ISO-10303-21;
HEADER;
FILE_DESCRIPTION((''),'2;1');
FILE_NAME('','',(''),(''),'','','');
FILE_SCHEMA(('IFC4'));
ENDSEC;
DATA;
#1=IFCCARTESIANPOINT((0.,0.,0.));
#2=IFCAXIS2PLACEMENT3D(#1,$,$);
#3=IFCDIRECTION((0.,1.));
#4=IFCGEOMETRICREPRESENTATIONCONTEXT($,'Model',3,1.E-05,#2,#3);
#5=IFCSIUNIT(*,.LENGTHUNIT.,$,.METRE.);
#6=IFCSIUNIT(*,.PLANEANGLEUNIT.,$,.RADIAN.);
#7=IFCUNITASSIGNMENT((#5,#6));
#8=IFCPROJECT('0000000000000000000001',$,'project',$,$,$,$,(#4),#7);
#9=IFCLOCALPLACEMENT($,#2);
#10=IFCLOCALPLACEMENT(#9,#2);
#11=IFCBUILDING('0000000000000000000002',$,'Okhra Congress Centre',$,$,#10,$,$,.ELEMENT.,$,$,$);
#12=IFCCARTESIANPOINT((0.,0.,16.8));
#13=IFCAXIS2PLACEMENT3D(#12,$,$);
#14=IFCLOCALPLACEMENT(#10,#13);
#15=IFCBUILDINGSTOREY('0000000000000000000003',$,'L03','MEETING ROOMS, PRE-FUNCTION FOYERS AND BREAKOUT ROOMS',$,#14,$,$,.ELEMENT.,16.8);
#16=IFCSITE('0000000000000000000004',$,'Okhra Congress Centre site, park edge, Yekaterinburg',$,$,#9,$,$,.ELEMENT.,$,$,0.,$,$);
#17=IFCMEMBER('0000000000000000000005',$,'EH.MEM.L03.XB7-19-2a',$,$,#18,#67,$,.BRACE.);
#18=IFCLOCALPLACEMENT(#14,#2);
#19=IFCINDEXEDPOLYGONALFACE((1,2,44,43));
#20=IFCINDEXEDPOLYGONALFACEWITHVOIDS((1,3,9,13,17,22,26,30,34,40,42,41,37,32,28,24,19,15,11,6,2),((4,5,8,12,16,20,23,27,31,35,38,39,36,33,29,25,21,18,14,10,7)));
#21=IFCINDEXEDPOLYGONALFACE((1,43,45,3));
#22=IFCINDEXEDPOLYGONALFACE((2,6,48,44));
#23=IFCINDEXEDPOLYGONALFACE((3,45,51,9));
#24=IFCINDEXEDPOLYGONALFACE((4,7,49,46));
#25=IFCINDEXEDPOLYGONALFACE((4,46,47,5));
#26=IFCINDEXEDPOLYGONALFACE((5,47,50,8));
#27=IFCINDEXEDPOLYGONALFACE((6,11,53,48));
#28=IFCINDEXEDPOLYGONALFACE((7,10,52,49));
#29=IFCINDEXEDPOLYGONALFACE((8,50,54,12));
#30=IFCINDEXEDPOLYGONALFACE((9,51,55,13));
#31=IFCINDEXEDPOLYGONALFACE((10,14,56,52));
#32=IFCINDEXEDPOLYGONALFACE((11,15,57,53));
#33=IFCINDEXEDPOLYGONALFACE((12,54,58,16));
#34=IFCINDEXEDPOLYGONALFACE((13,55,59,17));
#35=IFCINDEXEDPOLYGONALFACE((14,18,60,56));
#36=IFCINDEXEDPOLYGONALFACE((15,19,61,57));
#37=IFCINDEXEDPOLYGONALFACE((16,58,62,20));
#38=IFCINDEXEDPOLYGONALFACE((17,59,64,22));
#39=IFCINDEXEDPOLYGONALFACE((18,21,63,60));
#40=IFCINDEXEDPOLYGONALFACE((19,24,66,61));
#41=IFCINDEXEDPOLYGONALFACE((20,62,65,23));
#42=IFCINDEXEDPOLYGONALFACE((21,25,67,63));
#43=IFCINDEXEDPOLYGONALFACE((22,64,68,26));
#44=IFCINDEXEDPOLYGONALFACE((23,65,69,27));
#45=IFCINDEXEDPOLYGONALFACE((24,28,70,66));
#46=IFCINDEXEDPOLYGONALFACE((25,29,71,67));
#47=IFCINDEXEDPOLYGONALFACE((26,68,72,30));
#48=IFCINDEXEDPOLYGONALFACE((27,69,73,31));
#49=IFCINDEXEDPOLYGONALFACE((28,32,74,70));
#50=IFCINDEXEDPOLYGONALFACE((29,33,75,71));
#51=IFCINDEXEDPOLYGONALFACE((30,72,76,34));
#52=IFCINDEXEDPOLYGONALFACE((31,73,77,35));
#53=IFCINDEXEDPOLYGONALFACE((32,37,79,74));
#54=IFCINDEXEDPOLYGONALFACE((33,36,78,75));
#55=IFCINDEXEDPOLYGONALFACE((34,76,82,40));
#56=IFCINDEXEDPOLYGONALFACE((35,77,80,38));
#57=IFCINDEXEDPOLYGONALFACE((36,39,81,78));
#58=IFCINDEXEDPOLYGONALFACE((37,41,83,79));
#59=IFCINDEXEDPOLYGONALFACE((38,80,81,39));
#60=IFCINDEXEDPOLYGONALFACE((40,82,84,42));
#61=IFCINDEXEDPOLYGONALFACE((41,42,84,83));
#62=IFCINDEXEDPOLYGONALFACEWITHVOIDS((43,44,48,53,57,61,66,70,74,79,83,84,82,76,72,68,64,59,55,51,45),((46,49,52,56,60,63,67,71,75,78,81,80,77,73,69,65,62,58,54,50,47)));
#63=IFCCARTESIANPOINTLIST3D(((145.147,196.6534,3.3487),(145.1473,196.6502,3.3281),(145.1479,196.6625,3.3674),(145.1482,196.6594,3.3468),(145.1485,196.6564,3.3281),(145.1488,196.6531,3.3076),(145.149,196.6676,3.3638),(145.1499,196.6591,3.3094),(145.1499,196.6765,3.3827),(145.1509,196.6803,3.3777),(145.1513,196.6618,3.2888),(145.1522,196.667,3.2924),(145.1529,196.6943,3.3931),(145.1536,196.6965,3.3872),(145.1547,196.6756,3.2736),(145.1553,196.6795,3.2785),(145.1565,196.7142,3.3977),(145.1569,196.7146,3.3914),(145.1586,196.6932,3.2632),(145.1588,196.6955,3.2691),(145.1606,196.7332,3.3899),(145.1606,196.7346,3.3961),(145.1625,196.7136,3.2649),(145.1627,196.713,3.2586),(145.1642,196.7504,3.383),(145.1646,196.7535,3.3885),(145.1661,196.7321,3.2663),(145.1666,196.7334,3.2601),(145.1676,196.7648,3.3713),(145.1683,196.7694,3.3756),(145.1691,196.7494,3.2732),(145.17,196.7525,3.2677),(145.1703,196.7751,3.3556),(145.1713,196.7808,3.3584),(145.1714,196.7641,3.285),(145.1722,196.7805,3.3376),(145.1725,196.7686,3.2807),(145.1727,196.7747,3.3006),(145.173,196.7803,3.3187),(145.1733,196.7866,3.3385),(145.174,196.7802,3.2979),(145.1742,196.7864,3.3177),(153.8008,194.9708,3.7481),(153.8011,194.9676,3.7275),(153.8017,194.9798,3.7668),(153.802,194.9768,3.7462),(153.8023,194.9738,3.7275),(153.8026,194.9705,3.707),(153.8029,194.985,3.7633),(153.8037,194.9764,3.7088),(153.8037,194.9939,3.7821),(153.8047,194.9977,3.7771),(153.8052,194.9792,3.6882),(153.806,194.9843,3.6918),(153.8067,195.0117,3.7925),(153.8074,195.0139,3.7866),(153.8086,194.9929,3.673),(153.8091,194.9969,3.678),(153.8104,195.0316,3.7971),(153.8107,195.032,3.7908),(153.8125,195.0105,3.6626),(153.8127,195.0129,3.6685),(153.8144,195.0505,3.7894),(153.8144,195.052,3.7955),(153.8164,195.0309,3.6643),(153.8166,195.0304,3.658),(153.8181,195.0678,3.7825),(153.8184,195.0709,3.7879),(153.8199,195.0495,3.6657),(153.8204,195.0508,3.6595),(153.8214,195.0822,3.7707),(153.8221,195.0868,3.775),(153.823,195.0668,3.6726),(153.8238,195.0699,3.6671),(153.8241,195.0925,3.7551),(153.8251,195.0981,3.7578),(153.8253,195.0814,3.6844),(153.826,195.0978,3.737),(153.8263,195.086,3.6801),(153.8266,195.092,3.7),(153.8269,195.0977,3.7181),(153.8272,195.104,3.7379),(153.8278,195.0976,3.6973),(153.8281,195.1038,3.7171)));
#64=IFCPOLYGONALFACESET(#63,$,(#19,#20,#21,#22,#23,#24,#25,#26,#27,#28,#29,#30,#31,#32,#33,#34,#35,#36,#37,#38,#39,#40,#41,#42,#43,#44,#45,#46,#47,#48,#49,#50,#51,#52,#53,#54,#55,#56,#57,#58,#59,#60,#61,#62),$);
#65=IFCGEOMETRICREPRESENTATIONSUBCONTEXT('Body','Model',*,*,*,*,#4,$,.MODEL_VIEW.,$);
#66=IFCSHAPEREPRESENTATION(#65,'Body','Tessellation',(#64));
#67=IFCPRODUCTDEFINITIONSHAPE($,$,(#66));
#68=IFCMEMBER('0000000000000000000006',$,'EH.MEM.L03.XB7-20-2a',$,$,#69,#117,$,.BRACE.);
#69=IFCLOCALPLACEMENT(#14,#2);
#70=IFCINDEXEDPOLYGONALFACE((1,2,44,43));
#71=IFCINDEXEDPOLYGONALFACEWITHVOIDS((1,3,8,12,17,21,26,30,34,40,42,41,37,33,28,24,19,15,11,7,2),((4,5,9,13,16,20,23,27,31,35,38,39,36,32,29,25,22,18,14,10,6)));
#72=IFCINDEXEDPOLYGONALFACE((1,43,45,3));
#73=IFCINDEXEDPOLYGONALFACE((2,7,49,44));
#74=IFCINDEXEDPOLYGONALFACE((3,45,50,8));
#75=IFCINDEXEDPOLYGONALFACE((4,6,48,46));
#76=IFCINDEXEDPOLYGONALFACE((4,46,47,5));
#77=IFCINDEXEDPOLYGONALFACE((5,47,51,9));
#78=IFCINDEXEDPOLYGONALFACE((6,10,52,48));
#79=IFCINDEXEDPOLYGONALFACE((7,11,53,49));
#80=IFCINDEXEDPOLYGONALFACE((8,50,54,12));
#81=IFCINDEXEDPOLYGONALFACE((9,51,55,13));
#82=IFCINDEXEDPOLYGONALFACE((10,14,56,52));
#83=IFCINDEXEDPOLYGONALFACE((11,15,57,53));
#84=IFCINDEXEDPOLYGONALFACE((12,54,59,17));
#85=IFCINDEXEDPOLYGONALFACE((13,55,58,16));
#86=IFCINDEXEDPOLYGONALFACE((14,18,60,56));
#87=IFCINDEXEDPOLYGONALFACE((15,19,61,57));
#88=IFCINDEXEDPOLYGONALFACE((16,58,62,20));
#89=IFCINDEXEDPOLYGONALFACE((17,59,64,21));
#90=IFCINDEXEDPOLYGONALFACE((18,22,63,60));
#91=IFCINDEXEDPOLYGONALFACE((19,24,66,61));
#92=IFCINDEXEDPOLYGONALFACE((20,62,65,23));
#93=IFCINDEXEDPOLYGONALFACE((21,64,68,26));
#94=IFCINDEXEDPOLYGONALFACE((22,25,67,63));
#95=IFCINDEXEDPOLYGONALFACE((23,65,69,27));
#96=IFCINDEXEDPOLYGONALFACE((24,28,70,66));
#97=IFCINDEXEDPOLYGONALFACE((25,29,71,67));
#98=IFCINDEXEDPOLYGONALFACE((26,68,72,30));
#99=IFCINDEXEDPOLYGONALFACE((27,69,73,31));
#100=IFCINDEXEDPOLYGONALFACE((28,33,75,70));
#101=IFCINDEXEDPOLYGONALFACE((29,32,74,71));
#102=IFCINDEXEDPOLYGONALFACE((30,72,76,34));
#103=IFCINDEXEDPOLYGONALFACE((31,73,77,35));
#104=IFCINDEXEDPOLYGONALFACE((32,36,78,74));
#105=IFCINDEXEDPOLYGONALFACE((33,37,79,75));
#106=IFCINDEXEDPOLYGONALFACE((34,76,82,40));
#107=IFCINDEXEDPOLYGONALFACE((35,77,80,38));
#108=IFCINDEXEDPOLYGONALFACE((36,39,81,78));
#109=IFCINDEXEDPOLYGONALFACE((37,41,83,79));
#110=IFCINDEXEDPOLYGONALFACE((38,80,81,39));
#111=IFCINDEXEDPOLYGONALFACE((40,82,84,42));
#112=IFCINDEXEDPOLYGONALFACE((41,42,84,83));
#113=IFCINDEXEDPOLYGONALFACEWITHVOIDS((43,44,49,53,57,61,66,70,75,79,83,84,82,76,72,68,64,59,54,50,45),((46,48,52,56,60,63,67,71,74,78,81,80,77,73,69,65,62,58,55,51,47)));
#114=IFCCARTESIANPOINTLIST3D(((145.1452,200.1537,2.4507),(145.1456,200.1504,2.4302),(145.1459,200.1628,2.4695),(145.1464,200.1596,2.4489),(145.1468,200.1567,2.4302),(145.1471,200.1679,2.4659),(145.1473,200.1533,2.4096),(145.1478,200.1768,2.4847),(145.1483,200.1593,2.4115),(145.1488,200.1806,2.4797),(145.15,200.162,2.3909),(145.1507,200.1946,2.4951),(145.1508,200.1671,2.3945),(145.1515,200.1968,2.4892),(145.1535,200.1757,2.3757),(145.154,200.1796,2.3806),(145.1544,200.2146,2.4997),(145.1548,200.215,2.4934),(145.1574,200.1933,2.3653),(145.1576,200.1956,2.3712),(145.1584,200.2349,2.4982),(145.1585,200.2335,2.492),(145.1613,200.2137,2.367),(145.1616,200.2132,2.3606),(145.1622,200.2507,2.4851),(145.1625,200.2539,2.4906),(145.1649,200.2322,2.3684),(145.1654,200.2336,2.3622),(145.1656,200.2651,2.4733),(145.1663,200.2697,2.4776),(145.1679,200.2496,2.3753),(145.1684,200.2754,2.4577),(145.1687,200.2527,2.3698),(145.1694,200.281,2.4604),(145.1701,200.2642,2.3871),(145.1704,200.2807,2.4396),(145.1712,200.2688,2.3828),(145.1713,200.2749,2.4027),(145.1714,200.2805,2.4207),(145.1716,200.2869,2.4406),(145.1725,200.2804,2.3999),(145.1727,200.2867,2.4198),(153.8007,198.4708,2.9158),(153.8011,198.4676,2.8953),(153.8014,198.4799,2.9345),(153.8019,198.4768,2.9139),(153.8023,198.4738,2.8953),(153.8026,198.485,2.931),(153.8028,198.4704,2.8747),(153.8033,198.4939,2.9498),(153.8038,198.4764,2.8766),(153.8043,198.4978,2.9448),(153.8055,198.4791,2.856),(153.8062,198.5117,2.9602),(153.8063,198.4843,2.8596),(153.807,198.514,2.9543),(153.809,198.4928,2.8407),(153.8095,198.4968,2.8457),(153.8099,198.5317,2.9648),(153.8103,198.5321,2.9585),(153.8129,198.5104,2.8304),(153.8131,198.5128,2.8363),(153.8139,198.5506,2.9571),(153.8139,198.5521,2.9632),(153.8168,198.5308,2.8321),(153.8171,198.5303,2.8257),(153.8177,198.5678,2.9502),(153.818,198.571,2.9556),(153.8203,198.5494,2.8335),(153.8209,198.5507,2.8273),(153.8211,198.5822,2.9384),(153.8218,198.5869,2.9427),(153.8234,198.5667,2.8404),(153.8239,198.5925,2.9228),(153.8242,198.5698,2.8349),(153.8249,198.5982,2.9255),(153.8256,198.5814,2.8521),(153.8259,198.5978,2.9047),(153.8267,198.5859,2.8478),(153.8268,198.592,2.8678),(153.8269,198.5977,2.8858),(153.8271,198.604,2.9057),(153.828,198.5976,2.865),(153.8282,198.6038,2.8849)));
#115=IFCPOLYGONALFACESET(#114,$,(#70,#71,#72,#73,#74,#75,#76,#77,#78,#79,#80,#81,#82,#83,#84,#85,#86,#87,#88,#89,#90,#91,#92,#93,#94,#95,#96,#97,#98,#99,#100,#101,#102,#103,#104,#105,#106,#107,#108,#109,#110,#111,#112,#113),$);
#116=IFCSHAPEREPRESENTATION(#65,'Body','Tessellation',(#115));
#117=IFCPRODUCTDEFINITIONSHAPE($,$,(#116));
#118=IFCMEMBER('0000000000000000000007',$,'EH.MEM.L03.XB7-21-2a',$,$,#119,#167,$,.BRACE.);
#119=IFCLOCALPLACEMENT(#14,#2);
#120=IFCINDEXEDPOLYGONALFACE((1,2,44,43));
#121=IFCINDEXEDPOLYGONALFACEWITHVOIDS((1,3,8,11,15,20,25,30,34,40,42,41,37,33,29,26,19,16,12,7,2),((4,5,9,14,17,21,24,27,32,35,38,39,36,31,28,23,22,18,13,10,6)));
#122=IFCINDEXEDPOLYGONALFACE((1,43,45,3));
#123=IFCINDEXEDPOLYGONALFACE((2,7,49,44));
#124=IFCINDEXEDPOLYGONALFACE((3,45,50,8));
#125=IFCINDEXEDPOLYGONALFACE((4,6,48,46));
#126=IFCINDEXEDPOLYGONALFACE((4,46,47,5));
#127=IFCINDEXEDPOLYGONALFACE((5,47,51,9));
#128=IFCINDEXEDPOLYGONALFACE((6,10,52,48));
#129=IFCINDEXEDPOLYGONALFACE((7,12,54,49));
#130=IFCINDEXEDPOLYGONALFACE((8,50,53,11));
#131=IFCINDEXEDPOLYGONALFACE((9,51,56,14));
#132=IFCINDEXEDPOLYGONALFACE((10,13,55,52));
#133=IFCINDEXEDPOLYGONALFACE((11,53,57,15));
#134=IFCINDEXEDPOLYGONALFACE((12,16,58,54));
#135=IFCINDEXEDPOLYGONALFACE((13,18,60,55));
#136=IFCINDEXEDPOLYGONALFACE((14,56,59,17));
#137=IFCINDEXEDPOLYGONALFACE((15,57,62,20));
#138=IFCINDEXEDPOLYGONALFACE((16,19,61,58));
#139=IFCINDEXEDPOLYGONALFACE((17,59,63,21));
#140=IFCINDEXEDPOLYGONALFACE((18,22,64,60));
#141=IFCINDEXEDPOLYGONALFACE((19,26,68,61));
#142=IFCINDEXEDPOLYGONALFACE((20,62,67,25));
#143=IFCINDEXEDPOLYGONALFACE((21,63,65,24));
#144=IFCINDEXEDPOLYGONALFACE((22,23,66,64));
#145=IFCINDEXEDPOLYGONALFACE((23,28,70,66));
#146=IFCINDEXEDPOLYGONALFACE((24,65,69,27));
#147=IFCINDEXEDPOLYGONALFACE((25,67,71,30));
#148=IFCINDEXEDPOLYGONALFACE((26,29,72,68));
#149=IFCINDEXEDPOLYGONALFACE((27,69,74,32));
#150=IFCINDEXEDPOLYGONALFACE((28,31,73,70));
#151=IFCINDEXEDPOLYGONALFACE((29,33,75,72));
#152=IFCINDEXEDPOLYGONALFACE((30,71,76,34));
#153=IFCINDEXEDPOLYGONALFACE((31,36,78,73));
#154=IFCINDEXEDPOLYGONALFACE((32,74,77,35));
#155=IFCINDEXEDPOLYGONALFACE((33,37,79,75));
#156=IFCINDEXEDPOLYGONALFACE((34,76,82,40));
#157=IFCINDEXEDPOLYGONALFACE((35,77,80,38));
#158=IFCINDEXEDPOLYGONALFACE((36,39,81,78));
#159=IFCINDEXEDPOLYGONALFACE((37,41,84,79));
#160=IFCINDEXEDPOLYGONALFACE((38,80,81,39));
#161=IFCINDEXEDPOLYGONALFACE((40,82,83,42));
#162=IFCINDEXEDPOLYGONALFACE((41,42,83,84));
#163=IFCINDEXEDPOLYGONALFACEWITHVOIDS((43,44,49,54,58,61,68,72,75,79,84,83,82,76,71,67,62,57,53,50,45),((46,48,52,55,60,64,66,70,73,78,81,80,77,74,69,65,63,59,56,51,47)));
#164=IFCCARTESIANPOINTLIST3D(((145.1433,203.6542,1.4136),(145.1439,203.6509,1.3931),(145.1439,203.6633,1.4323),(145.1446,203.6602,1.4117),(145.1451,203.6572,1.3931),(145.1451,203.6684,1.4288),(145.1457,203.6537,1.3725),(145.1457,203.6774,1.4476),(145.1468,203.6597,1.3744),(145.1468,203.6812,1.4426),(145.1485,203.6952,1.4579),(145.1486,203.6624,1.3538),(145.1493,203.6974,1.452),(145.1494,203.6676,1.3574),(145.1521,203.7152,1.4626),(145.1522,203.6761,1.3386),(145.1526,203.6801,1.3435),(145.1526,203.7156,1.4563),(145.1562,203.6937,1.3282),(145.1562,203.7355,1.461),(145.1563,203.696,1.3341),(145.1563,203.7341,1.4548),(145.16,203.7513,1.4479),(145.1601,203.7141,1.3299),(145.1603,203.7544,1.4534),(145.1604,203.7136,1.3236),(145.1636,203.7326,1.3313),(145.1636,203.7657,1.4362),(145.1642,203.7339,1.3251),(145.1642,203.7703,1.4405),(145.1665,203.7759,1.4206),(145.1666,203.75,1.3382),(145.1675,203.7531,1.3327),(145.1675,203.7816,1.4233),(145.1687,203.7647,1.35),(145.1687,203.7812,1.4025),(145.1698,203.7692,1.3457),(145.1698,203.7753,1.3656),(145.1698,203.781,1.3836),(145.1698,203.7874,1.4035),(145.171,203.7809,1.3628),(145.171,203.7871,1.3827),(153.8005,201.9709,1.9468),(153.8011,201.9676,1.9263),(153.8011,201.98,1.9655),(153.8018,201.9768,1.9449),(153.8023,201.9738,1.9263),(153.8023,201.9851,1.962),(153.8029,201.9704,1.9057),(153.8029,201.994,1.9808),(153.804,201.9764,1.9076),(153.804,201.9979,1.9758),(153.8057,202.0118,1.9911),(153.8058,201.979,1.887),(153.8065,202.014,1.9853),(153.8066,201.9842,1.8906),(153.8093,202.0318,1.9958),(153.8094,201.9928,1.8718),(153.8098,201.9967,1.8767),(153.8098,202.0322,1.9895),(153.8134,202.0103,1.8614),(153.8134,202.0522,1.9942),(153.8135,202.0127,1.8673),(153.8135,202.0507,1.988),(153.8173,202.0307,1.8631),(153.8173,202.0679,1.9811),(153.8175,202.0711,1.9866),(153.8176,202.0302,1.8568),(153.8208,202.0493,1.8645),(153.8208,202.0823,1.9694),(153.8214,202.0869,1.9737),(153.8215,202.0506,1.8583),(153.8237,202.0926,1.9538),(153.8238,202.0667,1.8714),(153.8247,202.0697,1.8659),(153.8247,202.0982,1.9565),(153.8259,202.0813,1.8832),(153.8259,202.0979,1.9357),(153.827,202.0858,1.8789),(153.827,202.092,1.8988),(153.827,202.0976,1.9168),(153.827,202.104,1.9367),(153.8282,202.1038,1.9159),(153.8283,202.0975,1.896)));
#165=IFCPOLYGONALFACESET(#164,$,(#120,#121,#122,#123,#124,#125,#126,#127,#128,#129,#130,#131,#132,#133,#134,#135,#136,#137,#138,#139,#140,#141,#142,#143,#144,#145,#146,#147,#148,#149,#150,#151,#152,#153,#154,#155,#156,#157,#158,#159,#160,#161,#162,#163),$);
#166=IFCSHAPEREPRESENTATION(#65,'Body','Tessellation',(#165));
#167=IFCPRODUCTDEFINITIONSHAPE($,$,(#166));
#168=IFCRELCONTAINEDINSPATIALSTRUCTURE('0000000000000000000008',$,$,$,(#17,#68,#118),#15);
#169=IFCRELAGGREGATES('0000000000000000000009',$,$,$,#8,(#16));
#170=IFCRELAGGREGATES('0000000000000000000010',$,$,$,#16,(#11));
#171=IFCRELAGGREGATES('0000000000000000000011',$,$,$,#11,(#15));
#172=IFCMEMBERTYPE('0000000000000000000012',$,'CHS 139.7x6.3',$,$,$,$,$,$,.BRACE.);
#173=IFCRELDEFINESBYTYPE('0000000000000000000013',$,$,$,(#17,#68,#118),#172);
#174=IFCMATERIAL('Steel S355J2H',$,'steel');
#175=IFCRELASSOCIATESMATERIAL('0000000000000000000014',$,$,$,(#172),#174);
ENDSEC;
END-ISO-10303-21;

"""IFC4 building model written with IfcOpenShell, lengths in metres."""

from ifc_helpers import new_model, si_unit, direction, frame, origin, origin_2d, place, context, subcontext, project, spatial, hollow_circle, extrude, material, material_profile, profile_set, type_object, element, save


model = new_model("IFC4")

# Units and contexts
model_context = context("Model", 3, precision=1e-05, world=origin(), true_north=direction((0.0, 1.0)))
body_context = subcontext(model_context, "Body", "Model", "MODEL_VIEW")
ifc_project = project(units=[si_unit("LENGTHUNIT", "METRE"), si_unit("PLANEANGLEUNIT", "RADIAN")], contexts=[model_context])

# Site, building, storey
site_placement = place(None, origin())
site = spatial("IfcSite", under=ifc_project, at=site_placement, Name="Okhra Congress Centre site, park edge, Yekaterinburg", CompositionType="ELEMENT", RefElevation=0.0)
building_placement = place(site_placement, origin())
building = spatial("IfcBuilding", under=site, at=building_placement, Name="Okhra Congress Centre", CompositionType="ELEMENT")
storey_placement = place(building_placement, frame((0.0, 0.0, 16.8)))
storey = spatial("IfcBuildingStorey", under=building, at=storey_placement, Name="L03", Description="MEETING ROOMS, PRE-FUNCTION FOYERS AND BREAKOUT ROOMS", CompositionType="ELEMENT", Elevation=16.8)

# Members
ifc_material_1 = material(Name="Steel S355J2H", Category="steel")
ifc_material_profile_1 = material_profile(ifc_material_1, hollow_circle(Radius=0.0698, WallThickness=0.0063, at=origin_2d()), Name="CHS 139.7x6.3")
ifc_profile_set_1 = profile_set([ifc_material_profile_1], Name="Steel S355J2H")
member_type_1 = type_object("IfcMemberType", Name="CHS 139.7x6.3", PredefinedType="BRACE", material=ifc_profile_set_1)
member_1_placement = place(storey_placement, frame((153.8145, 195.0361, 3.7275), z_axis=(-0.980611, 0.190667, -0.04526), x_axis=(-0.190862, -0.981617, 0.0)))
element("IfcMember", 1, at=member_1_placement, inside=storey, type_object=member_type_1, Name="EH.MEM.L03.XB7-19-2a", PredefinedType="BRACE", context=body_context, shape_type="SweptSolid", body=[
    extrude(hollow_circle(Radius=0.0698, WallThickness=0.0063, at=origin_2d()), origin(), (0.0, 0.0, 1.0), 8.825),
])
member_2_placement = place(storey_placement, frame((153.8145, 198.5361, 2.8953), z_axis=(-0.980256, 0.190588, -0.052672), x_axis=(-0.190853, -0.981619, 0.0)))
element("IfcMember", 2, at=member_2_placement, inside=storey, type_object=member_type_1, Name="EH.MEM.L03.XB7-20-2a", PredefinedType="BRACE", context=body_context, shape_type="SweptSolid", body=[
    extrude(hollow_circle(Radius=0.0698, WallThickness=0.0063, at=origin_2d()), origin(), (0.0, 0.0, 1.0), 8.8298),
])
member_3_placement = place(storey_placement, frame((153.8145, 202.0361, 1.9263), z_axis=(-0.979826, 0.190522, -0.060348), x_axis=(-0.19087, -0.981615, 0.0)))
element("IfcMember", 3, at=member_3_placement, inside=storey, type_object=member_type_1, Name="EH.MEM.L03.XB7-21-2a", PredefinedType="BRACE", context=body_context, shape_type="SweptSolid", body=[
    extrude(hollow_circle(Radius=0.0698, WallThickness=0.0063, at=origin_2d()), origin(), (0.0, 0.0, 1.0), 8.8354),
])

save(model, "model.ifc")
